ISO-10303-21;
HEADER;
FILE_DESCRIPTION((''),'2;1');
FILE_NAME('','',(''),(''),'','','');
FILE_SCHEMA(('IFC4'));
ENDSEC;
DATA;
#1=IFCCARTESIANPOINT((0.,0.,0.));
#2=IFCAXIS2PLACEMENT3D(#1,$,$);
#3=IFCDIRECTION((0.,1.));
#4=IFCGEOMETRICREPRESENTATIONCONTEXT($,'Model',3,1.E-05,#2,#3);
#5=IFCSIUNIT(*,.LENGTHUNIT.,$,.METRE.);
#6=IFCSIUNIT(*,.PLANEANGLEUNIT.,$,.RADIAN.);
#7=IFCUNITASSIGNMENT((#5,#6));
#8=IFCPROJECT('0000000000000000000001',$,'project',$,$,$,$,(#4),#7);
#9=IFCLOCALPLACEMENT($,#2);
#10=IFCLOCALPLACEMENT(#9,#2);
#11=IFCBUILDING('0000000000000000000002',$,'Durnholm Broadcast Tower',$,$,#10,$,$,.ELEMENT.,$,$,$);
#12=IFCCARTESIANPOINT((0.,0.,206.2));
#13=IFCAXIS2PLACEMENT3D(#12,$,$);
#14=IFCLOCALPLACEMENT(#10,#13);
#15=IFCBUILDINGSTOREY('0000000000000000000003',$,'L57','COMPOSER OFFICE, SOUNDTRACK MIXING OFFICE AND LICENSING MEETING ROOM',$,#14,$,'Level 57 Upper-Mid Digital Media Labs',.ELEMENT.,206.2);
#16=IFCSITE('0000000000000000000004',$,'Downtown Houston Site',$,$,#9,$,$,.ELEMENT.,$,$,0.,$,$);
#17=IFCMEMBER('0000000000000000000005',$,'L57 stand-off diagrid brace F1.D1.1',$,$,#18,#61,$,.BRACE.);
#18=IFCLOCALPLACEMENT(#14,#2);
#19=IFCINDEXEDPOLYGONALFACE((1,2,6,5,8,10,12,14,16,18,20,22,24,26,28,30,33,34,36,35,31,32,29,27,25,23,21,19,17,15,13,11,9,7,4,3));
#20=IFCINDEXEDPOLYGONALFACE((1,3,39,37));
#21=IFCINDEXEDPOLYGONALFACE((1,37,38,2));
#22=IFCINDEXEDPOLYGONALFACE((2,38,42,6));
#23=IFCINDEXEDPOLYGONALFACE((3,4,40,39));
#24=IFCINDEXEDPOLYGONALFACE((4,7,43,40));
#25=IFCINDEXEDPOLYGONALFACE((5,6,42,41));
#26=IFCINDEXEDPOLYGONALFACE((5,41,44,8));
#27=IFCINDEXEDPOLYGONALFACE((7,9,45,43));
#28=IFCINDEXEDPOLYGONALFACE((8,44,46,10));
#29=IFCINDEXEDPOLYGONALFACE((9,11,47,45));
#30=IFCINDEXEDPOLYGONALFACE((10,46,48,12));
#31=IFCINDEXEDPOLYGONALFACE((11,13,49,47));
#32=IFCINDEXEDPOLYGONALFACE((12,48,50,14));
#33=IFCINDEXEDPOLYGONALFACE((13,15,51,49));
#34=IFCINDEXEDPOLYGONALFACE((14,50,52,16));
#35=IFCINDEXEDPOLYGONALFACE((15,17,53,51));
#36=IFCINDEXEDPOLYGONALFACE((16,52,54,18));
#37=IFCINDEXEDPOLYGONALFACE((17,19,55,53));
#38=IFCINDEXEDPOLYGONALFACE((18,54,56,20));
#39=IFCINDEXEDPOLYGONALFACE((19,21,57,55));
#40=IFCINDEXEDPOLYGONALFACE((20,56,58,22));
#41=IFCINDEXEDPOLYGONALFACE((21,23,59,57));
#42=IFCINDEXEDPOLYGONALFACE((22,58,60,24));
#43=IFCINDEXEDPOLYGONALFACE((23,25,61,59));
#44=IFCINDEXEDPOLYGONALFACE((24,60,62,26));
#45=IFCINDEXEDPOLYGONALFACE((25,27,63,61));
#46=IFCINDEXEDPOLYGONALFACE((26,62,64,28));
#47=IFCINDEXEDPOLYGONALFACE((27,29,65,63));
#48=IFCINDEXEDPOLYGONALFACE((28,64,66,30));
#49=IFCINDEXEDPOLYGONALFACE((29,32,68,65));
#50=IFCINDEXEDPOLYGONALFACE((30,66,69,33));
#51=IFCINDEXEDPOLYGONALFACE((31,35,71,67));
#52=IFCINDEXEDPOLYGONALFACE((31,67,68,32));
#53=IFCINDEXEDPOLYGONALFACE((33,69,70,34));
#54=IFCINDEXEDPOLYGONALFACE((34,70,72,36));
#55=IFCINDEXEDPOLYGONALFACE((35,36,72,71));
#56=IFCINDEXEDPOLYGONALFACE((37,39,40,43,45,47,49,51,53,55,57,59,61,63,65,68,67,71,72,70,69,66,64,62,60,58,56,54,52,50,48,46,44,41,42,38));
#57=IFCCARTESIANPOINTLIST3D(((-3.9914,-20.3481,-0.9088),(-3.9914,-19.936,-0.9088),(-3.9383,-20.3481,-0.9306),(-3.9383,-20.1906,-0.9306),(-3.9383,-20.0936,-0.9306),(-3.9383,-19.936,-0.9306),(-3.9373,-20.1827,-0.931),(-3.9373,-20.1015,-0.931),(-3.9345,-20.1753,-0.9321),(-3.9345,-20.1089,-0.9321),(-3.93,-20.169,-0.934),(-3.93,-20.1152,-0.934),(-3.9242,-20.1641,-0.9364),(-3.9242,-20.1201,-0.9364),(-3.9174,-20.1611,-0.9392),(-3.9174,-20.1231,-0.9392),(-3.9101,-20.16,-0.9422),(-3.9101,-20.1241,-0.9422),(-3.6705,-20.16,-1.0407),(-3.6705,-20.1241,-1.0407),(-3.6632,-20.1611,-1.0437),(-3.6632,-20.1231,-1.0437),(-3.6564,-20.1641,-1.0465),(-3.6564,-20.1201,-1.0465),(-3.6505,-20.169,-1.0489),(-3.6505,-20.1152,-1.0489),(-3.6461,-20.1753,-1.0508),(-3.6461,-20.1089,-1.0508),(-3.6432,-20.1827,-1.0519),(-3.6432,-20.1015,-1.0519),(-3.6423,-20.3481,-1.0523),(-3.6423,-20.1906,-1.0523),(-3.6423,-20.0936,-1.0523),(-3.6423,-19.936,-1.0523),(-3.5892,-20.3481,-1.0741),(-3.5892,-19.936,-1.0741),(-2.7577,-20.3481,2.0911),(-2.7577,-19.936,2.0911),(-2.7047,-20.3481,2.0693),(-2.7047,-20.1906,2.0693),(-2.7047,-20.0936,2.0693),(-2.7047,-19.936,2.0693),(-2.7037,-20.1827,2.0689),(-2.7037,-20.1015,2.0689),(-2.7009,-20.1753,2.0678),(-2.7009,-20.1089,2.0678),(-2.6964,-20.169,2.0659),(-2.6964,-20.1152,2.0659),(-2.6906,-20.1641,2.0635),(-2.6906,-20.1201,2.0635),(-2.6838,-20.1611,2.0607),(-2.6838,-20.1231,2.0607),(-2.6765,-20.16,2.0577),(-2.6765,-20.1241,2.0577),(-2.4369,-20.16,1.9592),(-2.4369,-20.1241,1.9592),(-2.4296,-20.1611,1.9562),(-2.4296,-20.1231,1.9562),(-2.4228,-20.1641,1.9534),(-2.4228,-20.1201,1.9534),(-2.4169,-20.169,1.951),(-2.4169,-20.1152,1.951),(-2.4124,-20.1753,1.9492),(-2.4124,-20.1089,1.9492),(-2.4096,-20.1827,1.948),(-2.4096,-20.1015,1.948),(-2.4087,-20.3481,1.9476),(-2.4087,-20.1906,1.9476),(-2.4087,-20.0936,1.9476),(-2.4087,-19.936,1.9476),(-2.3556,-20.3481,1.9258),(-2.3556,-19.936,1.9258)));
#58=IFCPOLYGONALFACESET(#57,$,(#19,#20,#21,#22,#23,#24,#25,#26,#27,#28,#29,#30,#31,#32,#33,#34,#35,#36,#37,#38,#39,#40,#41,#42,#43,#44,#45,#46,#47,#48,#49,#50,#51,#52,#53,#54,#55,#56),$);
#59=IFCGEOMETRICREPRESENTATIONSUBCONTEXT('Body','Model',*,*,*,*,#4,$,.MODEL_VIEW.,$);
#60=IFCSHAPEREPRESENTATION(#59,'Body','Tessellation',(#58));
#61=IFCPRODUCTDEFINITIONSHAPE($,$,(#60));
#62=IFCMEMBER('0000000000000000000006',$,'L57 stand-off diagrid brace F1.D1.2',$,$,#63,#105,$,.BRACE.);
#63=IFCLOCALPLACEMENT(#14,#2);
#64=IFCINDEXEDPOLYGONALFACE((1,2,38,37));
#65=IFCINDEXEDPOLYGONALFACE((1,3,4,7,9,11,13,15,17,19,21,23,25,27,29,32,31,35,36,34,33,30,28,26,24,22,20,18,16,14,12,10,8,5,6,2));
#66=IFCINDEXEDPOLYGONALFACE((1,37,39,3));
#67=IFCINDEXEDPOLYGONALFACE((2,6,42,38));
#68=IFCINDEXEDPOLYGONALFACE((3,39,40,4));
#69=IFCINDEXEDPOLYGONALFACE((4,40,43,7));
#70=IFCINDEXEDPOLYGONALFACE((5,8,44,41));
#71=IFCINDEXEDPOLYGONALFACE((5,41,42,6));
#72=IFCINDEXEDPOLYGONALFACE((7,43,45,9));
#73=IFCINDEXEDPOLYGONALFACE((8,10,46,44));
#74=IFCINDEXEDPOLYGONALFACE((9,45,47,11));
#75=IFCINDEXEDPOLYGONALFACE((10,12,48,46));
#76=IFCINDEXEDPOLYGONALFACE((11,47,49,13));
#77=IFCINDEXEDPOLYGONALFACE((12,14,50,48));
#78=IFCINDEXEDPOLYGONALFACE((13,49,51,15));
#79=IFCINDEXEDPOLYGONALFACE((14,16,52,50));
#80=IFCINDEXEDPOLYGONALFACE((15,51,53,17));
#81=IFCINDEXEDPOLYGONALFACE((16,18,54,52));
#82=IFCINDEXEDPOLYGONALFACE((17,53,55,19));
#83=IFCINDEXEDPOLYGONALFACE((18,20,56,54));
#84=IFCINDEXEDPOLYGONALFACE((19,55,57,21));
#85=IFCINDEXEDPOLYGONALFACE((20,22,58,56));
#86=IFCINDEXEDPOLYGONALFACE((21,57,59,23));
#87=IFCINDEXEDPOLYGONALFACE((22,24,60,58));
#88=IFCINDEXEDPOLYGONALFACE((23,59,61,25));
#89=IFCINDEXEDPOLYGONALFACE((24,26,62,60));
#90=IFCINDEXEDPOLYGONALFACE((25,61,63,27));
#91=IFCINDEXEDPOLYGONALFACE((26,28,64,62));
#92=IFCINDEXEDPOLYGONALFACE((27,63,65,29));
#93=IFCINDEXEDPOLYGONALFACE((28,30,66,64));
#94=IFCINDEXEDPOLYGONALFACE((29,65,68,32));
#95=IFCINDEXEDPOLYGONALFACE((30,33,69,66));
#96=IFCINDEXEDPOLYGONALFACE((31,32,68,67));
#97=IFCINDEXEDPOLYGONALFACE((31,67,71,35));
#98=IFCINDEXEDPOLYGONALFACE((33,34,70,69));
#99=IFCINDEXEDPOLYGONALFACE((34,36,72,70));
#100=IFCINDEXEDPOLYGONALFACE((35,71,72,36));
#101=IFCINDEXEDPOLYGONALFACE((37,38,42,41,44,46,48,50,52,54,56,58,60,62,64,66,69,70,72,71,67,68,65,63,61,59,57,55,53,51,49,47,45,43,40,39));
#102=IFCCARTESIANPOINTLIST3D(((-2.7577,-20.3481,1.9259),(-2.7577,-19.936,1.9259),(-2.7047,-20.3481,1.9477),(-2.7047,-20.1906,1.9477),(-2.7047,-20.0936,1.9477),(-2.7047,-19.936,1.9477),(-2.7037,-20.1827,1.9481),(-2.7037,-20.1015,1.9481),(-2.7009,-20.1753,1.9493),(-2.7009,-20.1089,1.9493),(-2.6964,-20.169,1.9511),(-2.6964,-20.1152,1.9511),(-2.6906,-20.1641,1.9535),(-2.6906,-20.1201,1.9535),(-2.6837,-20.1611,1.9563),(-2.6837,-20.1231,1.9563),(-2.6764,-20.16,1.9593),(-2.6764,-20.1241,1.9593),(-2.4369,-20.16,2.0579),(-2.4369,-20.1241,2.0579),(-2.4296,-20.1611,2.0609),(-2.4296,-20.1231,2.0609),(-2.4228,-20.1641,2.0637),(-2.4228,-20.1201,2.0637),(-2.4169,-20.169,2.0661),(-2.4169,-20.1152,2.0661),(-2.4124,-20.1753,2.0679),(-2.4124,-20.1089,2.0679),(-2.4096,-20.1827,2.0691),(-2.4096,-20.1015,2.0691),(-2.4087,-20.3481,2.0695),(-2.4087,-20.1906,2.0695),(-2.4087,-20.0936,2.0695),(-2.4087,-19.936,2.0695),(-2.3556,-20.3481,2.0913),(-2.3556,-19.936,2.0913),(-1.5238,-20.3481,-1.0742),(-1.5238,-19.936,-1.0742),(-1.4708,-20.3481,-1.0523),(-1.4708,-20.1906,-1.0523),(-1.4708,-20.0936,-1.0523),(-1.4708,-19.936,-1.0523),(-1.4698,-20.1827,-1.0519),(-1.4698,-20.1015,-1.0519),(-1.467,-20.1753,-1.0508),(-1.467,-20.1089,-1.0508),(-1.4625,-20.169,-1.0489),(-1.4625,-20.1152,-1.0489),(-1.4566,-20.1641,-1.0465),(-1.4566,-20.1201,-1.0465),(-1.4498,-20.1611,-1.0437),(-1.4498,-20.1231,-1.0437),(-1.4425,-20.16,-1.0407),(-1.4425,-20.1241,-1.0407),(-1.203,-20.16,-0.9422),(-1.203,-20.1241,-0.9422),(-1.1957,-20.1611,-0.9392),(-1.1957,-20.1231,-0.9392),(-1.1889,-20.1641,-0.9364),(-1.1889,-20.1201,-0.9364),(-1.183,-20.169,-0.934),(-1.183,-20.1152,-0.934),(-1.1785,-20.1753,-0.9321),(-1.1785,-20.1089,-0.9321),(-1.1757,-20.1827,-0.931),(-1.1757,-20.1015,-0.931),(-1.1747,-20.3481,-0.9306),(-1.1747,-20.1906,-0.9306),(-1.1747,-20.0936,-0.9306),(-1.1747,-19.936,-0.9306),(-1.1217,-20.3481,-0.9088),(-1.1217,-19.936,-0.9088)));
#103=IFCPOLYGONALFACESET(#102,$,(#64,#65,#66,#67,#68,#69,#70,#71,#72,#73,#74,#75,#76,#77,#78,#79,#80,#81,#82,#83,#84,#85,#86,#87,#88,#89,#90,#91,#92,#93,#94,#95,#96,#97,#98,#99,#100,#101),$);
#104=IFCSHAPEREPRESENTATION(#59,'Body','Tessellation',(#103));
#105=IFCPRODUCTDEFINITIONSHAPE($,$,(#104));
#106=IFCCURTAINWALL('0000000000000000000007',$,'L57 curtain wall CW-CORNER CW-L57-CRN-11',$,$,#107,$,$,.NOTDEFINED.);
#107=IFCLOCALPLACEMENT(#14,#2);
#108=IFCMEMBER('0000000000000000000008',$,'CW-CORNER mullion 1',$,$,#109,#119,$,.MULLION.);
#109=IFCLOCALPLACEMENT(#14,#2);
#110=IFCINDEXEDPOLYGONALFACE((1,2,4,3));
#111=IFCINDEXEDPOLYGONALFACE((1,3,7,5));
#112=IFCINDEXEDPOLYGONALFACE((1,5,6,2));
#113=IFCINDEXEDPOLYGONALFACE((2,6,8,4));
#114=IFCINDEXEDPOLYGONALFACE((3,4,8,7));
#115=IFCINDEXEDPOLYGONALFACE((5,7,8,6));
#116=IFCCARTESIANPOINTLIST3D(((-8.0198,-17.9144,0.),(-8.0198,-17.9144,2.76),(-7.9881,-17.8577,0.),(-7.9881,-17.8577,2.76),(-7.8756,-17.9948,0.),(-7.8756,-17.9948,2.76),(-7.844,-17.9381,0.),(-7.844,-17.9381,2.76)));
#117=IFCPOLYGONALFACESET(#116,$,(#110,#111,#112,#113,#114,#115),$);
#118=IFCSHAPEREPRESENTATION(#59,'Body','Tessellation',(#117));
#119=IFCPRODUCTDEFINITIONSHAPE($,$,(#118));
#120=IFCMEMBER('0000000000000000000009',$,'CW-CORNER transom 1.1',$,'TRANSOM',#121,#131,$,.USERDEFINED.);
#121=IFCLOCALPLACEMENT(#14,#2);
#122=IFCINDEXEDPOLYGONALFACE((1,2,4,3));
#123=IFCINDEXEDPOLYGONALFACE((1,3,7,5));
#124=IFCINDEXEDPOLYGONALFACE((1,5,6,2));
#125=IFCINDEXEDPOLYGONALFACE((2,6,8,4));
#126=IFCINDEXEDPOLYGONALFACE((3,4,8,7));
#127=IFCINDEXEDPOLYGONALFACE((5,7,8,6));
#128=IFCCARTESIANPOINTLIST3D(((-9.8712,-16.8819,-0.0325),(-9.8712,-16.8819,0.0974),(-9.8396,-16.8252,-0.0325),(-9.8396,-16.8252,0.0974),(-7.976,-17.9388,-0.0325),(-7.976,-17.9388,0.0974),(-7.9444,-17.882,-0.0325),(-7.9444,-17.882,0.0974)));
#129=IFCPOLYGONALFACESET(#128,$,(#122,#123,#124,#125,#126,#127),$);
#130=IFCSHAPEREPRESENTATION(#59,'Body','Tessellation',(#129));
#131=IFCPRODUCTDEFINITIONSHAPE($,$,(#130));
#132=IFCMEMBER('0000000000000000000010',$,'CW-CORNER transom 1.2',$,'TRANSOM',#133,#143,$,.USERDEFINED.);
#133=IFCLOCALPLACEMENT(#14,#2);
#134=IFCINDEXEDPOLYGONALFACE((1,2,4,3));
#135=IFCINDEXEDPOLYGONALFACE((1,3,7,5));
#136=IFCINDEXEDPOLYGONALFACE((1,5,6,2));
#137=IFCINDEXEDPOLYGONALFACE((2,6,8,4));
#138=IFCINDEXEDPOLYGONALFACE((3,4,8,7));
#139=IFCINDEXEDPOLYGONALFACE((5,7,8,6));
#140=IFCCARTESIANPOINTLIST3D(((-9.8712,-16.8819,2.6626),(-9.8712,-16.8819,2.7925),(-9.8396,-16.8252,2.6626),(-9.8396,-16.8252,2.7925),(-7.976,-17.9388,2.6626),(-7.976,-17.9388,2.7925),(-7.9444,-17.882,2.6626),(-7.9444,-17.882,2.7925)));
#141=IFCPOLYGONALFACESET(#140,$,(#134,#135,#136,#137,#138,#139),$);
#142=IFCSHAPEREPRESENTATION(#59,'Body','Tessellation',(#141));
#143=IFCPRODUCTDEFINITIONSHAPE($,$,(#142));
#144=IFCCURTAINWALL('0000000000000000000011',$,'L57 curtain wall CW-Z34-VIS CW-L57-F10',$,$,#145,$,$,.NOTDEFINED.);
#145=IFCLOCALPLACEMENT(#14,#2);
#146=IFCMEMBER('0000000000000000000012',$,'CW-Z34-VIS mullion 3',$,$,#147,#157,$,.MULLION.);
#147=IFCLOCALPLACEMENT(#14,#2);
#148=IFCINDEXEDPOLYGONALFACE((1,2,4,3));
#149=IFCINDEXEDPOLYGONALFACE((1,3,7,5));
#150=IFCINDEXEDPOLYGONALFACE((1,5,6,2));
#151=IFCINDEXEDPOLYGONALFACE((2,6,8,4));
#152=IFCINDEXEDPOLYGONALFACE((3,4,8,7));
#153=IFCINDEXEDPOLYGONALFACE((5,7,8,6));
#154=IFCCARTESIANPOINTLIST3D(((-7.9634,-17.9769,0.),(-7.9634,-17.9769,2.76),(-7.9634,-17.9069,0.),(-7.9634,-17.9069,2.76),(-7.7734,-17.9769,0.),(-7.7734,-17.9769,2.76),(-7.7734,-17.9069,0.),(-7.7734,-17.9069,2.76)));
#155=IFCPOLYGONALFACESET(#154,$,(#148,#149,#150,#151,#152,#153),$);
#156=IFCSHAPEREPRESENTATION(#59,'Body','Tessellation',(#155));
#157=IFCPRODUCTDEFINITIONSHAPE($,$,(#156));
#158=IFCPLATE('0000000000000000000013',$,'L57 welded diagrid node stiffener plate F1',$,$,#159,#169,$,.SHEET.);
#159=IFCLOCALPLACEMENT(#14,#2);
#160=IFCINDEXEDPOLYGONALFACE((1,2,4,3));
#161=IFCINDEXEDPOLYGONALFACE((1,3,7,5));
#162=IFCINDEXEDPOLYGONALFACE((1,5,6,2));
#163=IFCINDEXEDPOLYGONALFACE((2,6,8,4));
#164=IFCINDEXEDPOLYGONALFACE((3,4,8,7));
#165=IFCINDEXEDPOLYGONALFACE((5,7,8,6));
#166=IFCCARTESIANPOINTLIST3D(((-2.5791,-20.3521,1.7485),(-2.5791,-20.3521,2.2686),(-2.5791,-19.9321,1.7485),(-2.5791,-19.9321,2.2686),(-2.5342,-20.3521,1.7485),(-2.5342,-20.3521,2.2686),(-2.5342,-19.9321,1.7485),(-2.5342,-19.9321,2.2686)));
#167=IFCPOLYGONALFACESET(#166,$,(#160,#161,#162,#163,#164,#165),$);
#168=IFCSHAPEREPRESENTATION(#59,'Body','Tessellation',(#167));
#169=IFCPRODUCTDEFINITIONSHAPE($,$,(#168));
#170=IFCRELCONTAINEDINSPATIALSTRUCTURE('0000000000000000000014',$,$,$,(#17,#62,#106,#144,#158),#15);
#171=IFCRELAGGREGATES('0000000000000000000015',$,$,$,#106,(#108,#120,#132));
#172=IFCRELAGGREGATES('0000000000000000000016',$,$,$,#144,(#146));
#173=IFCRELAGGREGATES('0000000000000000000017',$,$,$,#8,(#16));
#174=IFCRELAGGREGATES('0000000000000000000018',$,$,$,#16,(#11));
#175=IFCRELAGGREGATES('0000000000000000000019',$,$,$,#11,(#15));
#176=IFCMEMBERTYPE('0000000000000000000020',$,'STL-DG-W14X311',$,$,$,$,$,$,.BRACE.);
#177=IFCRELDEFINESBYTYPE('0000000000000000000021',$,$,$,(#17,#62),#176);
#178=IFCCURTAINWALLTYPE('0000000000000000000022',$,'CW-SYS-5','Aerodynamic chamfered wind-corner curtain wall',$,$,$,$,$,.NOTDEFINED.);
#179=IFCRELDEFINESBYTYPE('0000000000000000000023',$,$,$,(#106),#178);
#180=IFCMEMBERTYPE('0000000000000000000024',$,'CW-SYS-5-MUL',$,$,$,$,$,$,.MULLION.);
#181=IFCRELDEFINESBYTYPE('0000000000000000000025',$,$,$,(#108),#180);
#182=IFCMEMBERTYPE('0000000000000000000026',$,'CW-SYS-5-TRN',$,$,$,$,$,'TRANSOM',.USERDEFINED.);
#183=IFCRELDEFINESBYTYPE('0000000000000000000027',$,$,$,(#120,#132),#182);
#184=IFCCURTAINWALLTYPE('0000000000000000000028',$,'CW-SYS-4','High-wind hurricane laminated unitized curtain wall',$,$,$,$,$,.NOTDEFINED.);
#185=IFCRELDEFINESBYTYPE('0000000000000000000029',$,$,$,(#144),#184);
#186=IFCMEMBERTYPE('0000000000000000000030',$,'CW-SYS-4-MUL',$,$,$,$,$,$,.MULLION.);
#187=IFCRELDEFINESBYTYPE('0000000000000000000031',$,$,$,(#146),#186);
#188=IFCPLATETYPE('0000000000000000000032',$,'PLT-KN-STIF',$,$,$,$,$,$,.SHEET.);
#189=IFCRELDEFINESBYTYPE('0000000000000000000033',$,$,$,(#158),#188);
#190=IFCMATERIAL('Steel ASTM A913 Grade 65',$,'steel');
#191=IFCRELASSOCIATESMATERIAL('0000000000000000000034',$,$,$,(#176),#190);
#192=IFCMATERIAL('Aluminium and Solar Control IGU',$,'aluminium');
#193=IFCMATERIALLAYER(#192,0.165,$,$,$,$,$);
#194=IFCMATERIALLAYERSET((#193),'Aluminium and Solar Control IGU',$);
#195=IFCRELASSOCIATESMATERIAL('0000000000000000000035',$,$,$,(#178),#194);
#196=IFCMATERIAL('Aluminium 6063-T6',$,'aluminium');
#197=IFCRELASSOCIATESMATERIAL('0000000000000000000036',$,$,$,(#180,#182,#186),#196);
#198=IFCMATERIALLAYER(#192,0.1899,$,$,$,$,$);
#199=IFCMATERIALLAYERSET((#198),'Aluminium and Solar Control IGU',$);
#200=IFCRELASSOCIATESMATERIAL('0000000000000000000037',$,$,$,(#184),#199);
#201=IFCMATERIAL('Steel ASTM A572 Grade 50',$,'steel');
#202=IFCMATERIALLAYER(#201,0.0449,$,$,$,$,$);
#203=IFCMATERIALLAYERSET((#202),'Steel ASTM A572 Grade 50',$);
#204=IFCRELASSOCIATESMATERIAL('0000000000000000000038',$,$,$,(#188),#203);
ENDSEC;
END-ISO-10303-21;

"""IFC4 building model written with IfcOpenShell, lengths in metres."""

from ifc_helpers import new_model, si_unit, direction, frame, origin, origin_2d, place, context, subcontext, project, spatial, rectangle, i_section, extrude, source, transform, mapped, material, layer, layer_set, material_profile, profile_set, type_object, type_shapes, element, aggregate, save


model = new_model("IFC4")

# Units and contexts
model_context = context("Model", 3, precision=1e-05, world=origin(), true_north=direction((0.0, 1.0)))
body_context = subcontext(model_context, "Body", "Model", "MODEL_VIEW")
ifc_project = project(units=[si_unit("LENGTHUNIT", "METRE"), si_unit("PLANEANGLEUNIT", "RADIAN")], contexts=[model_context])

# Site, building, storey
site_placement = place(None, origin())
site = spatial("IfcSite", under=ifc_project, at=site_placement, Name="Downtown Houston Site", CompositionType="ELEMENT", RefElevation=0.0)
building_placement = place(site_placement, origin())
building = spatial("IfcBuilding", under=site, at=building_placement, Name="Durnholm Broadcast Tower", CompositionType="ELEMENT")
storey_placement = place(building_placement, frame((0.0, 0.0, 206.2)))
storey = spatial("IfcBuildingStorey", under=building, at=storey_placement, Name="L57", Description="COMPOSER OFFICE, SOUNDTRACK MIXING OFFICE AND LICENSING MEETING ROOM", LongName="Level 57 Upper-Mid Digital Media Labs", CompositionType="ELEMENT", Elevation=206.2)

# Members
ifc_material_1 = material(Name="Steel ASTM A913 Grade 65", Category="steel")
ifc_material_profile_1 = material_profile(ifc_material_1, i_section(OverallWidth=0.4121, OverallDepth=0.4348, WebThickness=0.0359, FlangeThickness=0.0574, FilletRadius=0.0305, at=origin_2d()), Name="W14X311")
ifc_profile_set_1 = profile_set([ifc_material_profile_1], Name="Steel ASTM A913 Grade 65")
member_type_1 = type_object("IfcMemberType", Name="STL-DG-W14X311", PredefinedType="BRACE", material=ifc_profile_set_1)
shared_shape_1 = source(origin(), body_context, "Body", "SweptSolid", [
    extrude(i_section(OverallWidth=0.4121, OverallDepth=0.4348, WebThickness=0.0359, FlangeThickness=0.0574, FilletRadius=0.0305, at=origin_2d()), origin(), (0.0, 0.0, 1.0), 3.2437),
])
member_1_placement = place(storey_placement, frame((-3.7903, -20.1421, -0.9915), z_axis=(0.380314, 0.0, 0.924857), x_axis=(0.0, 1.0, 0.0)))
element("IfcMember", 1, at=member_1_placement, inside=storey, type_object=member_type_1, Name="L57 stand-off diagrid brace F1.D1.1", PredefinedType="BRACE", context=body_context, shape_type="MappedRepresentation", body=[
    mapped(shared_shape_1, transform((0.0, 0.0, 0.0), x_axis=(1.0, 0.0, 0.0), y_axis=(0.0, 1.0, 0.0), z_axis=(0.0, 0.0, 1.0), scale=1.0)),
])
shared_shape_2 = source(origin(), body_context, "Body", "SweptSolid", [
    extrude(i_section(OverallWidth=0.4121, OverallDepth=0.4348, WebThickness=0.0359, FlangeThickness=0.0574, FilletRadius=0.0305, at=origin_2d()), origin(), (0.0, 0.0, 1.0), 3.2439),
])
type_shapes(member_type_1, [shared_shape_1, shared_shape_2])
member_2_placement = place(storey_placement, frame((-1.3228, -20.1421, -0.9915), z_axis=(-0.380379, 0.0, 0.924831), x_axis=(0.0, -1.0, 0.0)))
element("IfcMember", 2, at=member_2_placement, inside=storey, type_object=member_type_1, Name="L57 stand-off diagrid brace F1.D1.2", PredefinedType="BRACE", context=body_context, shape_type="MappedRepresentation", body=[
    mapped(shared_shape_2, transform((0.0, 0.0, 0.0), x_axis=(1.0, 0.0, 0.0), y_axis=(0.0, 1.0, 0.0), z_axis=(0.0, 0.0, 1.0), scale=1.0)),
])

# Curtain wall, members
ifc_material_2 = material(Name="Aluminium and Solar Control IGU", Category="aluminium")
ifc_layer_1 = layer(ifc_material_2, 0.165)
ifc_layer_set_1 = layer_set([ifc_layer_1], Name="Aluminium and Solar Control IGU")
curtain_wall_type_1 = type_object("IfcCurtainWallType", Name="CW-SYS-5", Description="Aerodynamic chamfered wind-corner curtain wall", PredefinedType="NOTDEFINED", material=ifc_layer_set_1)
curtain_wall_1_placement = place(storey_placement, origin())
curtain_wall_1 = element("IfcCurtainWall", 3, at=curtain_wall_1_placement, inside=storey, type_object=curtain_wall_type_1, Name="L57 curtain wall CW-CORNER CW-L57-CRN-11", PredefinedType="NOTDEFINED")
ifc_material_3 = material(Name="Aluminium 6063-T6", Category="aluminium")
ifc_material_profile_2 = material_profile(ifc_material_3, rectangle(XDim=0.0649, YDim=0.165, at=origin_2d()), Name="CWM65X165")
ifc_profile_set_2 = profile_set([ifc_material_profile_2], Name="Aluminium 6063-T6")
member_type_2 = type_object("IfcMemberType", Name="CW-SYS-5-MUL", PredefinedType="MULLION", material=ifc_profile_set_2)
shared_shape_3 = source(origin(), body_context, "Body", "SweptSolid", [
    extrude(rectangle(XDim=0.0649, YDim=0.165, at=origin_2d()), origin(), (0.0, 0.0, 1.0), 2.76),
])
type_shapes(member_type_2, [shared_shape_3])
member_3_placement = place(storey_placement, frame((-7.9319, -17.9263, 0.0), z_axis=(0.0, 0.0, 1.0), x_axis=(-0.486986, -0.87341, 0.0)))
member_3 = element("IfcMember", 4, at=member_3_placement, type_object=member_type_2, Name="CW-CORNER mullion 1", PredefinedType="MULLION", context=body_context, shape_type="MappedRepresentation", body=[
    mapped(shared_shape_3, transform((0.0, 0.0, 0.0), x_axis=(1.0, 0.0, 0.0), y_axis=(0.0, 1.0, 0.0), z_axis=(0.0, 0.0, 1.0), scale=1.0)),
])
ifc_material_profile_3 = material_profile(ifc_material_3, rectangle(XDim=0.0649, YDim=0.1299, at=origin_2d()), Name="CWT65X130")
ifc_profile_set_3 = profile_set([ifc_material_profile_3], Name="Aluminium 6063-T6")
member_type_3 = type_object("IfcMemberType", Name="CW-SYS-5-TRN", ElementType="TRANSOM", PredefinedType="USERDEFINED", material=ifc_profile_set_3)
shared_shape_4 = source(origin(), body_context, "Body", "SweptSolid", [
    extrude(rectangle(XDim=0.0649, YDim=0.1299, at=origin_2d()), origin(), (0.0, 0.0, 1.0), 2.1699),
])
type_shapes(member_type_3, [shared_shape_4])
member_4_placement = place(storey_placement, frame((-7.9602, -17.9104, 0.0325), z_axis=(-0.873381, 0.487037, 0.0), x_axis=(-0.487037, -0.873381, 0.0)))
member_4 = element("IfcMember", 5, at=member_4_placement, type_object=member_type_3, Name="CW-CORNER transom 1.1", ObjectType="TRANSOM", PredefinedType="USERDEFINED", context=body_context, shape_type="MappedRepresentation", body=[
    mapped(shared_shape_4, transform((0.0, 0.0, 0.0), x_axis=(1.0, 0.0, 0.0), y_axis=(0.0, 1.0, 0.0), z_axis=(0.0, 0.0, 1.0), scale=1.0)),
])
member_5_placement = place(storey_placement, frame((-7.9602, -17.9104, 2.7275), z_axis=(-0.873381, 0.487037, 0.0), x_axis=(-0.487037, -0.873381, 0.0)))
member_5 = element("IfcMember", 6, at=member_5_placement, type_object=member_type_3, Name="CW-CORNER transom 1.2", ObjectType="TRANSOM", PredefinedType="USERDEFINED", context=body_context, shape_type="MappedRepresentation", body=[
    mapped(shared_shape_4, transform((0.0, 0.0, 0.0), x_axis=(1.0, 0.0, 0.0), y_axis=(0.0, 1.0, 0.0), z_axis=(0.0, 0.0, 1.0), scale=1.0)),
])
aggregate(curtain_wall_1, [member_3, member_4, member_5])

# Curtain wall, member
ifc_layer_2 = layer(ifc_material_2, 0.1899)
ifc_layer_set_2 = layer_set([ifc_layer_2], Name="Aluminium and Solar Control IGU")
curtain_wall_type_2 = type_object("IfcCurtainWallType", Name="CW-SYS-4", Description="High-wind hurricane laminated unitized curtain wall", PredefinedType="NOTDEFINED", material=ifc_layer_set_2)
curtain_wall_2_placement = place(storey_placement, origin())
curtain_wall_2 = element("IfcCurtainWall", 7, at=curtain_wall_2_placement, inside=storey, type_object=curtain_wall_type_2, Name="L57 curtain wall CW-Z34-VIS CW-L57-F10", PredefinedType="NOTDEFINED")
ifc_material_profile_4 = material_profile(ifc_material_3, rectangle(XDim=0.0701, YDim=0.1899, at=origin_2d()), Name="CWM70X190")
ifc_profile_set_4 = profile_set([ifc_material_profile_4], Name="Aluminium 6063-T6")
member_type_4 = type_object("IfcMemberType", Name="CW-SYS-4-MUL", PredefinedType="MULLION", material=ifc_profile_set_4)
shared_shape_5 = source(origin(), body_context, "Body", "SweptSolid", [
    extrude(rectangle(XDim=0.0701, YDim=0.1899, at=origin_2d()), origin(), (0.0, 0.0, 1.0), 2.76),
])
type_shapes(member_type_4, [shared_shape_5])
member_6_placement = place(storey_placement, frame((-7.8684, -17.9419, 0.0), z_axis=(0.0, 0.0, 1.0), x_axis=(0.0, -1.0, 0.0)))
member_6 = element("IfcMember", 8, at=member_6_placement, type_object=member_type_4, Name="CW-Z34-VIS mullion 3", PredefinedType="MULLION", context=body_context, shape_type="MappedRepresentation", body=[
    mapped(shared_shape_5, transform((0.0, 0.0, 0.0), x_axis=(1.0, 0.0, 0.0), y_axis=(0.0, 1.0, 0.0), z_axis=(0.0, 0.0, 1.0), scale=1.0)),
])

# Plate
ifc_material_4 = material(Name="Steel ASTM A572 Grade 50", Category="steel")
ifc_layer_3 = layer(ifc_material_4, 0.0449)
ifc_layer_set_3 = layer_set([ifc_layer_3], Name="Steel ASTM A572 Grade 50")
plate_type_1 = type_object("IfcPlateType", Name="PLT-KN-STIF", PredefinedType="SHEET", material=ifc_layer_set_3)
shared_shape_6 = source(origin(), body_context, "Body", "SweptSolid", [
    extrude(rectangle(XDim=0.0449, YDim=0.4199, at=origin_2d()), origin(), (0.0, 0.0, 1.0), 0.52),
])
type_shapes(plate_type_1, [shared_shape_6])
plate_1_placement = place(storey_placement, frame((-2.5566, -20.1421, 1.7485), z_axis=(0.0, 0.0, 1.0), x_axis=(1.0, 0.0, 0.0)))
element("IfcPlate", 9, at=plate_1_placement, inside=storey, type_object=plate_type_1, Name="L57 welded diagrid node stiffener plate F1", PredefinedType="SHEET", context=body_context, shape_type="MappedRepresentation", body=[
    mapped(shared_shape_6, transform((0.0, 0.0, 0.0), x_axis=(1.0, 0.0, 0.0), y_axis=(0.0, 1.0, 0.0), z_axis=(0.0, 0.0, 1.0), scale=1.0)),
])

aggregate(curtain_wall_2, [member_6])

save(model, "model.ifc")
